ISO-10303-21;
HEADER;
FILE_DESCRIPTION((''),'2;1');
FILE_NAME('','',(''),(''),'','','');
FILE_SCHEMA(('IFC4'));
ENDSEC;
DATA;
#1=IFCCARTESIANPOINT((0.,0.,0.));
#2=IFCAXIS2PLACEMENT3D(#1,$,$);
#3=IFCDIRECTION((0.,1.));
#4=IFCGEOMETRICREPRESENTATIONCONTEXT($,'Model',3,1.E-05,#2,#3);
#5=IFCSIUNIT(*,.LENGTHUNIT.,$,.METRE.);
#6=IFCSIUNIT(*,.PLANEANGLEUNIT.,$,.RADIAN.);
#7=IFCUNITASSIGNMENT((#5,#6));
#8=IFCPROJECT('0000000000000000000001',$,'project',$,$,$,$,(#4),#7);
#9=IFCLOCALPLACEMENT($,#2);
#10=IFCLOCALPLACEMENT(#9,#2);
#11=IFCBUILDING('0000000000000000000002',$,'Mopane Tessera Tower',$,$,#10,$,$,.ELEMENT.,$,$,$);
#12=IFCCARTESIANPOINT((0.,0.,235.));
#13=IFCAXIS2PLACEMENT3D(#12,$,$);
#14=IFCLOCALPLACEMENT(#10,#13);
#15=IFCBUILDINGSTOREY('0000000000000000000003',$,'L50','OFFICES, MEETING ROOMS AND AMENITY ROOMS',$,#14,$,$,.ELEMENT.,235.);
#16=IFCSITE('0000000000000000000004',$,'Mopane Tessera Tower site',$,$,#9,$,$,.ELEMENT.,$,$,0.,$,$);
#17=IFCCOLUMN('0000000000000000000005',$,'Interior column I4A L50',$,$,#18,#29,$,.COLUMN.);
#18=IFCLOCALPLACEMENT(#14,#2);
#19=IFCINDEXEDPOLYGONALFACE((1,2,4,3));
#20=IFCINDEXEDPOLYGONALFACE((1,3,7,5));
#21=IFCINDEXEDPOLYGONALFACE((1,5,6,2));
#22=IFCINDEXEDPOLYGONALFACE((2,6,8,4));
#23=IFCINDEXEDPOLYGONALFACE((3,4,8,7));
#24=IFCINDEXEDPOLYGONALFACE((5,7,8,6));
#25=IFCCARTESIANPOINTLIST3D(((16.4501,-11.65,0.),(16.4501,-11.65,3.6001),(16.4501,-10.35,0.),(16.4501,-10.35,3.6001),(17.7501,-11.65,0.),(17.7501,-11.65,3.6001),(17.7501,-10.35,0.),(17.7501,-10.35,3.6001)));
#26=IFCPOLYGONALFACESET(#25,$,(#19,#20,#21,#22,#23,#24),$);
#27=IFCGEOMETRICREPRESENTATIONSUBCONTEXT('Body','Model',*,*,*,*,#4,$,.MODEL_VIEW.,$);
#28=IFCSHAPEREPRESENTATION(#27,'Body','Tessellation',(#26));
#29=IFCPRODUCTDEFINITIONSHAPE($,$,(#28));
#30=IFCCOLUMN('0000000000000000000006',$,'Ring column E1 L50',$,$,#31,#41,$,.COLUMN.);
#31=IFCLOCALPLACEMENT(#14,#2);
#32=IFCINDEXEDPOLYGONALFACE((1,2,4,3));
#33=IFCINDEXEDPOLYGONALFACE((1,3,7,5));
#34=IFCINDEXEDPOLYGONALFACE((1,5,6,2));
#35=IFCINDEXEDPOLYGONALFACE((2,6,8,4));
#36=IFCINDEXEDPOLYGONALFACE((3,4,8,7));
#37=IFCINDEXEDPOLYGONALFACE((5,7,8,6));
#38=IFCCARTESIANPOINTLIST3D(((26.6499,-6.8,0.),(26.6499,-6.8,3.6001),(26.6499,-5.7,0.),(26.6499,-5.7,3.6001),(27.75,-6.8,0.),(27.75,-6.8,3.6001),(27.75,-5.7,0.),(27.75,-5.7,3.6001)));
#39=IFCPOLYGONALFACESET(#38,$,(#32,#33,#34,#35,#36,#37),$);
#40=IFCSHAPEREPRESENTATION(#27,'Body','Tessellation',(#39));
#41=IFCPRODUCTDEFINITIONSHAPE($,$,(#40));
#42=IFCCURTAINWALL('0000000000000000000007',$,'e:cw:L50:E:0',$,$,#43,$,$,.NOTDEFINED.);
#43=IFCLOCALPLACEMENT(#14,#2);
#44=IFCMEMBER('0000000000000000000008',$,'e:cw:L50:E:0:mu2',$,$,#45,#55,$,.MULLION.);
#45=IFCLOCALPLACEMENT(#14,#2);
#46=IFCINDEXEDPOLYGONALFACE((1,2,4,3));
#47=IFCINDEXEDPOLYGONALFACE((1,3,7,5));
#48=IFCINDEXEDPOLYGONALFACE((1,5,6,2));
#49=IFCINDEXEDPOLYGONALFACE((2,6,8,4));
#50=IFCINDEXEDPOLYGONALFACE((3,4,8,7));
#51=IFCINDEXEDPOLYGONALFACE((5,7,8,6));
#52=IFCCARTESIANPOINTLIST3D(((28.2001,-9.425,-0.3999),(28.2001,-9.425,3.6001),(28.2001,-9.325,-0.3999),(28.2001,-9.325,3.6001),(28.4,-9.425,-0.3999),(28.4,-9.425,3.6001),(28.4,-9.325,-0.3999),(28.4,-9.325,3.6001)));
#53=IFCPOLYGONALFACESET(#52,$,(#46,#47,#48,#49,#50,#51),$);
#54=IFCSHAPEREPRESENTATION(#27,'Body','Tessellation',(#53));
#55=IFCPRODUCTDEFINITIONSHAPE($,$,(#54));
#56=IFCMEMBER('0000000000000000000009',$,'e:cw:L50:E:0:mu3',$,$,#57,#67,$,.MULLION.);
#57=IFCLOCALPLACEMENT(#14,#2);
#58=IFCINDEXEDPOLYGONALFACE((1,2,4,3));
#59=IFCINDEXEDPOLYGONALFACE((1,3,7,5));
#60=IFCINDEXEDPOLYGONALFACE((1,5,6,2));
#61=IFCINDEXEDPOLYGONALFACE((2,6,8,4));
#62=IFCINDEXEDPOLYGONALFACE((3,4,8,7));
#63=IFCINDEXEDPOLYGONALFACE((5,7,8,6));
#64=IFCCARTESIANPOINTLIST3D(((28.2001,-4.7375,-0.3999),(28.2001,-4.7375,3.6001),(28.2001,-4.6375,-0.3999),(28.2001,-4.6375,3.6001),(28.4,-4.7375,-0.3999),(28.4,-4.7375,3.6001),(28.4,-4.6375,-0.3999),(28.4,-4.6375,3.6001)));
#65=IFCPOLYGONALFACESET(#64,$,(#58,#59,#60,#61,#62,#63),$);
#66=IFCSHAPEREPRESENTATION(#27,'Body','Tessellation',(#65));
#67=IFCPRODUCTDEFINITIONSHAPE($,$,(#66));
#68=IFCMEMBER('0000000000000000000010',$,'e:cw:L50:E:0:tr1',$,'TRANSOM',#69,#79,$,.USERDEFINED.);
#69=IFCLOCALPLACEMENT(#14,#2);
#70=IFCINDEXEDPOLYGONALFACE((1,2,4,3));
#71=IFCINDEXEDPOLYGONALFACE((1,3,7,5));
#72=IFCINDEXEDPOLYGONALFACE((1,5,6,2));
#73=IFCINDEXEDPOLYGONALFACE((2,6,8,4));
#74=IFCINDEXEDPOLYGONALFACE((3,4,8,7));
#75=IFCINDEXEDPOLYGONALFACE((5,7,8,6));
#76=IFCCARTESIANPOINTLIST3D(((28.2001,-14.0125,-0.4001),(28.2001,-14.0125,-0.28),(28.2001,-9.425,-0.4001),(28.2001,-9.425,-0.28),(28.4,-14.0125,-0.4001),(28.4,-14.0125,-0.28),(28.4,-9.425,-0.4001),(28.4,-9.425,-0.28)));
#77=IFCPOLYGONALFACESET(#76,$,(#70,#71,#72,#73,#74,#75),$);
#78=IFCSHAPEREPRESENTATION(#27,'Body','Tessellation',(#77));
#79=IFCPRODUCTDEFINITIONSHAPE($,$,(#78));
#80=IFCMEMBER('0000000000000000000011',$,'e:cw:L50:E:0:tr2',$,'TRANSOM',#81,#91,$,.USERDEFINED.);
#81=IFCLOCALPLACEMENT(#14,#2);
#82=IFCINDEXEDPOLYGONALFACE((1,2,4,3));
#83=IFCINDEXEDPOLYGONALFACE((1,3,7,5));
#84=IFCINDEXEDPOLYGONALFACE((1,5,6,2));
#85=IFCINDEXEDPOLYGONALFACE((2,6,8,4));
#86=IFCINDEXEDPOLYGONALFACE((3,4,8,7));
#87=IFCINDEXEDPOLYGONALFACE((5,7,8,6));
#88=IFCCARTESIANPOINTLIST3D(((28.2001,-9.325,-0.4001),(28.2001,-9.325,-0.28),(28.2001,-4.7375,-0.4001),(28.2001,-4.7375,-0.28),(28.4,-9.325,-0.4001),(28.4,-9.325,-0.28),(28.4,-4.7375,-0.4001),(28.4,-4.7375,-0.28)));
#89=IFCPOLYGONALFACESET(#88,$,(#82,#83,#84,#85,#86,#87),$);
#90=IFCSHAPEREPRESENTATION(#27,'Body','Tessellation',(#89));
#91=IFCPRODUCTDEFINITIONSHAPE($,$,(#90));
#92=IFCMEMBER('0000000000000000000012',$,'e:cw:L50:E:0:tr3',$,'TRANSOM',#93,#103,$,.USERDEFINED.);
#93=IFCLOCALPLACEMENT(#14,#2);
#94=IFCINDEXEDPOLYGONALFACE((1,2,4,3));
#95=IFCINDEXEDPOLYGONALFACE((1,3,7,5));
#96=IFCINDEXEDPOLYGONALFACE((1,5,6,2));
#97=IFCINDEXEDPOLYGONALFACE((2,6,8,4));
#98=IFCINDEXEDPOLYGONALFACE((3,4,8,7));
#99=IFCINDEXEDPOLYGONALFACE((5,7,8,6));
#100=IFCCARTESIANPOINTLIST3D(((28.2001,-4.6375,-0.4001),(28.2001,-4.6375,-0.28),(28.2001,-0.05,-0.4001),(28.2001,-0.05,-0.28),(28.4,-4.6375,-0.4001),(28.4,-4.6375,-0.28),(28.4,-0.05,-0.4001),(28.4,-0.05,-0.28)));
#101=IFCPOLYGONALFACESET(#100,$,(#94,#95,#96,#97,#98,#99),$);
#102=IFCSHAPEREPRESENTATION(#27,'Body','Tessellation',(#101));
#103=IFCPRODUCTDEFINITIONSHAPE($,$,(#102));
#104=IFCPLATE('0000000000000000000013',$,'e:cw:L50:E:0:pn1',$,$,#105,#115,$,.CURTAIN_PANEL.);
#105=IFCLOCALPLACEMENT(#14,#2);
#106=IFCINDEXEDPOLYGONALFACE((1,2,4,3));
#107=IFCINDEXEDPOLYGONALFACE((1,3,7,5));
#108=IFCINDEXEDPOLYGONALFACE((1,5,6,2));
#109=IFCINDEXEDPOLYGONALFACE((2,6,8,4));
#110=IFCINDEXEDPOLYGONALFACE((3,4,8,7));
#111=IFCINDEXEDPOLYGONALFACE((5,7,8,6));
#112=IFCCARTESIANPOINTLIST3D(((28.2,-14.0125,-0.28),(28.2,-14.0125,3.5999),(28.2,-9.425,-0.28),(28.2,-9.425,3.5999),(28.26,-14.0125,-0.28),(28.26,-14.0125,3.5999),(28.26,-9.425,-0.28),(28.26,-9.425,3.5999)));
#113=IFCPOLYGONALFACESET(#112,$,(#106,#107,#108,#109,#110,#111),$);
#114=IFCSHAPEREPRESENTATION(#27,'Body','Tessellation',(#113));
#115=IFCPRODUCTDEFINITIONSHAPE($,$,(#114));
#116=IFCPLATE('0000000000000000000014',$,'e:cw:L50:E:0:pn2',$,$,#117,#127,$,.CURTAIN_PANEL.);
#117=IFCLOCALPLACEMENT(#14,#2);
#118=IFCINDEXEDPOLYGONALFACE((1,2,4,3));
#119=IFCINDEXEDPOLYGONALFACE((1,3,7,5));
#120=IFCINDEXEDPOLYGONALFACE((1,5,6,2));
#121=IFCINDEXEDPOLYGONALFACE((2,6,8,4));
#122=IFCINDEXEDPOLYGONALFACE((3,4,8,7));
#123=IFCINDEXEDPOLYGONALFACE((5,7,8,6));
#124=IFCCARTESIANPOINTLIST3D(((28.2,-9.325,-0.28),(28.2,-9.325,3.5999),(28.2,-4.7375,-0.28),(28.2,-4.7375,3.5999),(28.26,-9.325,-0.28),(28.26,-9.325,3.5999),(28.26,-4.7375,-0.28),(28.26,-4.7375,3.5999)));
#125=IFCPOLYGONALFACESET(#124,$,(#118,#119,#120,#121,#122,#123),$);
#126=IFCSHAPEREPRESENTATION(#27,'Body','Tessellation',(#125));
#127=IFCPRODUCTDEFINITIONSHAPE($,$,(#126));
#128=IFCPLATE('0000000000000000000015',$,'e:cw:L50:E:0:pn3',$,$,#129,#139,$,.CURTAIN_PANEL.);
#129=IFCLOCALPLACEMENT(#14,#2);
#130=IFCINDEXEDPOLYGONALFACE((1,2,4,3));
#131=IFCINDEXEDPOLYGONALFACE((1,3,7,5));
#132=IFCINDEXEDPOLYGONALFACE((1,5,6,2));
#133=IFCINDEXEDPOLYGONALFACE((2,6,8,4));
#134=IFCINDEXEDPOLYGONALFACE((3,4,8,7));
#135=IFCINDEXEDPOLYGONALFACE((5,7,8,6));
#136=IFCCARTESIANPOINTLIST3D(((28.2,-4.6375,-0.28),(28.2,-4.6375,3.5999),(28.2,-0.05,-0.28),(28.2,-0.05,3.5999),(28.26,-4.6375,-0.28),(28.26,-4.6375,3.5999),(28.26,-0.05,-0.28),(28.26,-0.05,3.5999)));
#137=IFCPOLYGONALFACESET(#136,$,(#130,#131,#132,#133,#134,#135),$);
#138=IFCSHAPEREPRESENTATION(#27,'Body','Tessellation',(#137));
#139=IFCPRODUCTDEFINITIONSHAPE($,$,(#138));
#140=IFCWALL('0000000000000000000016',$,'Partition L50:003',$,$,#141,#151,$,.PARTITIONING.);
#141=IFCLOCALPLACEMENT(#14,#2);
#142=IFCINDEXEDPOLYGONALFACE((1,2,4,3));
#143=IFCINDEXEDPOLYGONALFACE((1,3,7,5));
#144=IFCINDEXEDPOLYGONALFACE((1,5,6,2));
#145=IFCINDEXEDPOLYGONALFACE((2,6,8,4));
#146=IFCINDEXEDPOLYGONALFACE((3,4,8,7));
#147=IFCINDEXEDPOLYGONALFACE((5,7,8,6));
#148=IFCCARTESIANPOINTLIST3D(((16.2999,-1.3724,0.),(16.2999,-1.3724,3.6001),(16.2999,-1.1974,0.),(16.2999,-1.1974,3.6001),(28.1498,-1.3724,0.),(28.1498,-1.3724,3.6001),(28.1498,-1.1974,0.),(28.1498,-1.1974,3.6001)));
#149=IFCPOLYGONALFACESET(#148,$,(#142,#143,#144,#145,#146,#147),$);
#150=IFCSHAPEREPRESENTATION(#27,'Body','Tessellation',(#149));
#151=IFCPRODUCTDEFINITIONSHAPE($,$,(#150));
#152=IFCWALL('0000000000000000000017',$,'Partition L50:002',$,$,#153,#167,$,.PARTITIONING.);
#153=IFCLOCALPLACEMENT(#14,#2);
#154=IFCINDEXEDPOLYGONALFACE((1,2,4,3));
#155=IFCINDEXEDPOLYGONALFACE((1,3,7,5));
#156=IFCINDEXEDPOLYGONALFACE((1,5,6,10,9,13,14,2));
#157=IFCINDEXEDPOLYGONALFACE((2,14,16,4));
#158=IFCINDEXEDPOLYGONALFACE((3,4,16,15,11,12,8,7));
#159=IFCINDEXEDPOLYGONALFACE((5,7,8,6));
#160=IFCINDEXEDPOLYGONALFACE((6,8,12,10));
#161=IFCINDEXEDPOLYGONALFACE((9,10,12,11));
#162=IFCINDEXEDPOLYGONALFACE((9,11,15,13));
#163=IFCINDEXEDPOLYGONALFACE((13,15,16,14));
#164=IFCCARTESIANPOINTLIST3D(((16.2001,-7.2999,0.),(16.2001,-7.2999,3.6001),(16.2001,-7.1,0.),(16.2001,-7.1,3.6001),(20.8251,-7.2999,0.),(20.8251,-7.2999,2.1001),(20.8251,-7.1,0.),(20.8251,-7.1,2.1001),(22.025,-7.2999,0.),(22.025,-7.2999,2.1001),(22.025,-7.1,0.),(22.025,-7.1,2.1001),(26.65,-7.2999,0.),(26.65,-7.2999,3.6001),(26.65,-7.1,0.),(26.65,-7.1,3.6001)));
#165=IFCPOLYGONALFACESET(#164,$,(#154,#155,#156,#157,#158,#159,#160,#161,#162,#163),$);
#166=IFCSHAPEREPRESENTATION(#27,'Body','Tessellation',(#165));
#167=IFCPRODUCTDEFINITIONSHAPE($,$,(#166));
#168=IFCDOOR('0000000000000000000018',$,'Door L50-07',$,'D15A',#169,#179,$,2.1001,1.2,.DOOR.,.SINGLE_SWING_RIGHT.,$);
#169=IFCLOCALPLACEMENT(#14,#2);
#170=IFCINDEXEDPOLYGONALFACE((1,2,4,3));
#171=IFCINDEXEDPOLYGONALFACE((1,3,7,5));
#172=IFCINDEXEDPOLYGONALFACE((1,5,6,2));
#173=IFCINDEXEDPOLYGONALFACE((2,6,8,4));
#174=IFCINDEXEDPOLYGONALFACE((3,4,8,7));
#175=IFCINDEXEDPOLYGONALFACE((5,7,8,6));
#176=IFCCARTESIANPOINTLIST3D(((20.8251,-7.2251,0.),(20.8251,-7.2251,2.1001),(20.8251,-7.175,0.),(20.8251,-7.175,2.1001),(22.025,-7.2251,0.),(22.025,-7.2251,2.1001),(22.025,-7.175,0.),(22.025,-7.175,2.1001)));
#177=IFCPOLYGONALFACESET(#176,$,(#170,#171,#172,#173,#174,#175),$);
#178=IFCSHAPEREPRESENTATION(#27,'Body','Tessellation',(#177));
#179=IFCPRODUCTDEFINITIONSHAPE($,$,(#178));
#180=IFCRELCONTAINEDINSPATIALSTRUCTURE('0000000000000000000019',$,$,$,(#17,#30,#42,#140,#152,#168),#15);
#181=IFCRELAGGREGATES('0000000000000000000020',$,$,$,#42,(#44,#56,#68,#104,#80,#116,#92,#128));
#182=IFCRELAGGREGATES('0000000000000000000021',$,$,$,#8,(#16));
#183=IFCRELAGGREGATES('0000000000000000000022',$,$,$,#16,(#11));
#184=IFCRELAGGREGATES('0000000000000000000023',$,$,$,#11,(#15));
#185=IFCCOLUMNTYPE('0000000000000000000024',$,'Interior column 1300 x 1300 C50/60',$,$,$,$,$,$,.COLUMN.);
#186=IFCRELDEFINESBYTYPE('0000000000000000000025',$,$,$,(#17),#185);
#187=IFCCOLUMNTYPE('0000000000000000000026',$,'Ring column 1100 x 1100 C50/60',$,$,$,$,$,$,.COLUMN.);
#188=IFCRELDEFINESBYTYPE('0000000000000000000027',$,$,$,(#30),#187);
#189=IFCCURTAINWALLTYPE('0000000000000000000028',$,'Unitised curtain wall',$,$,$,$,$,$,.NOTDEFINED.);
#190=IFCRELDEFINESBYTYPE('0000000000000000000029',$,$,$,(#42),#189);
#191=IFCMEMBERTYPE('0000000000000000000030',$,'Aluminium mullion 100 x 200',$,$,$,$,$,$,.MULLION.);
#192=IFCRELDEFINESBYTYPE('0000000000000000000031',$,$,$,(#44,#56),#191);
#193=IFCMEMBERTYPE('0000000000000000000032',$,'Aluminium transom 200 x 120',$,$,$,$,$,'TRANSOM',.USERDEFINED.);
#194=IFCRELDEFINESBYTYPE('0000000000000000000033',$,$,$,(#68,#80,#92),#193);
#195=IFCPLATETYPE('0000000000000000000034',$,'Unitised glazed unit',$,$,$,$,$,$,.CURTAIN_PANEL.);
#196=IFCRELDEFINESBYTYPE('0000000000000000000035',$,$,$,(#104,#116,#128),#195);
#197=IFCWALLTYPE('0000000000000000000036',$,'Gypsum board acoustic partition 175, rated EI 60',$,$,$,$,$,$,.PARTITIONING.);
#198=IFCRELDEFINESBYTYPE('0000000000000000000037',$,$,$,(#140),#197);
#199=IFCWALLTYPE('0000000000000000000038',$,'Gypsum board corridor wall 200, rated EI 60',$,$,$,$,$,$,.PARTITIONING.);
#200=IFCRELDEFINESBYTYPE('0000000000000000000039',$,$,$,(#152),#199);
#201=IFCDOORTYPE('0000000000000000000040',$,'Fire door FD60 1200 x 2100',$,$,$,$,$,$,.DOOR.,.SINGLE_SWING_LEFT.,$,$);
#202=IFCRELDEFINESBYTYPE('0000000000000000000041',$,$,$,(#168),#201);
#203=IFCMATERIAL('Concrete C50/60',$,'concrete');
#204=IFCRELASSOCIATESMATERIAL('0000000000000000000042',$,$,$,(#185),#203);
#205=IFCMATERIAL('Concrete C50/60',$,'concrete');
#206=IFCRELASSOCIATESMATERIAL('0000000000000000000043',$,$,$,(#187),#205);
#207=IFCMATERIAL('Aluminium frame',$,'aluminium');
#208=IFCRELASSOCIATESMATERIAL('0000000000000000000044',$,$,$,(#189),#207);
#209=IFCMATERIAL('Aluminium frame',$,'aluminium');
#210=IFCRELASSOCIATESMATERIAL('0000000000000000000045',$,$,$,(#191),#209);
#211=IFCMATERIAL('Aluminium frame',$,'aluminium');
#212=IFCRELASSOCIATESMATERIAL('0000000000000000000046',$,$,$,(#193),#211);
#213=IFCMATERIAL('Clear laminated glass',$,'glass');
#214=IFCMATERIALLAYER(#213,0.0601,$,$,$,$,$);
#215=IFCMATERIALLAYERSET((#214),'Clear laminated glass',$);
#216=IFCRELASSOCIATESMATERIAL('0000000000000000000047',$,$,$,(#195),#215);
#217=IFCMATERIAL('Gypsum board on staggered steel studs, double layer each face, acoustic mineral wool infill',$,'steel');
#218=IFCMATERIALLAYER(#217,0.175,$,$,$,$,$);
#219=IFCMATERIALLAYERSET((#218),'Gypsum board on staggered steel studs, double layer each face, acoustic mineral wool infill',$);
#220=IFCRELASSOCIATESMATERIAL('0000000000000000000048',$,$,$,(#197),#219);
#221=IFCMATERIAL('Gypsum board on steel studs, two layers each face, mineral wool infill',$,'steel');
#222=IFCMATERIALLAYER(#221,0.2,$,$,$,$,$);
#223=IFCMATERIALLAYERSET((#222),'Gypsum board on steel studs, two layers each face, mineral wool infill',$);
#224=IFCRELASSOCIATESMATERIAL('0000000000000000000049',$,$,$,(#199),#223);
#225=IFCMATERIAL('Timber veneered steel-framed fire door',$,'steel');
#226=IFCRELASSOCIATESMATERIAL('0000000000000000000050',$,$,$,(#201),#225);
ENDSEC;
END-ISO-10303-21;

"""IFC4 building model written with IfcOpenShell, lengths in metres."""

from ifc_helpers import new_model, si_unit, direction, frame, frame_2d, origin, origin_2d, place, context, subcontext, project, spatial, rectangle, extrude, material, layer, layer_set, material_profile, profile_set, type_object, element, fill, aggregate, save


model = new_model("IFC4")

# Units and contexts
model_context = context("Model", 3, precision=1e-05, world=origin(), true_north=direction((0.0, 1.0)))
body_context = subcontext(model_context, "Body", "Model", "MODEL_VIEW")
ifc_project = project(units=[si_unit("LENGTHUNIT", "METRE"), si_unit("PLANEANGLEUNIT", "RADIAN")], contexts=[model_context])

# Site, building, storey
site_placement = place(None, origin())
site = spatial("IfcSite", under=ifc_project, at=site_placement, Name="Mopane Tessera Tower site", CompositionType="ELEMENT", RefElevation=0.0)
building_placement = place(site_placement, origin())
building = spatial("IfcBuilding", under=site, at=building_placement, Name="Mopane Tessera Tower", CompositionType="ELEMENT")
storey_placement = place(building_placement, frame((0.0, 0.0, 235.0)))
storey = spatial("IfcBuildingStorey", under=building, at=storey_placement, Name="L50", Description="OFFICES, MEETING ROOMS AND AMENITY ROOMS", CompositionType="ELEMENT", Elevation=235.0)

# Columns
ifc_material_1 = material(Name="Concrete C50/60", Category="concrete")
ifc_material_profile_1 = material_profile(ifc_material_1, rectangle(XDim=1.3, YDim=1.3, at=origin_2d()))
ifc_profile_set_1 = profile_set([ifc_material_profile_1], Name="Concrete C50/60")
column_type_1 = type_object("IfcColumnType", Name="Interior column 1300 x 1300 C50/60", PredefinedType="COLUMN", material=ifc_profile_set_1)
column_1_placement = place(storey_placement, frame((17.1001, -11.0, 0.0), z_axis=(0.0, 0.0, 1.0), x_axis=(1.0, 0.0, 0.0)))
element("IfcColumn", 1, at=column_1_placement, inside=storey, type_object=column_type_1, Name="Interior column I4A L50", PredefinedType="COLUMN", context=body_context, shape_type="SweptSolid", body=[
    extrude(rectangle(XDim=1.3, YDim=1.3, at=origin_2d()), origin(), (0.0, 0.0, 1.0), 3.6001),
])
ifc_material_2 = material(Name="Concrete C50/60", Category="concrete")
ifc_material_profile_2 = material_profile(ifc_material_2, rectangle(XDim=1.1001, YDim=1.1001, at=origin_2d()))
ifc_profile_set_2 = profile_set([ifc_material_profile_2], Name="Concrete C50/60")
column_type_2 = type_object("IfcColumnType", Name="Ring column 1100 x 1100 C50/60", PredefinedType="COLUMN", material=ifc_profile_set_2)
column_2_placement = place(storey_placement, frame((27.2, -6.25, 0.0), z_axis=(0.0, 0.0, 1.0), x_axis=(1.0, 0.0, 0.0)))
element("IfcColumn", 2, at=column_2_placement, inside=storey, type_object=column_type_2, Name="Ring column E1 L50", PredefinedType="COLUMN", context=body_context, shape_type="SweptSolid", body=[
    extrude(rectangle(XDim=1.1001, YDim=1.1001, at=origin_2d()), origin(), (0.0, 0.0, 1.0), 3.6001),
])

# Curtain wall, members, plates
ifc_material_3 = material(Name="Aluminium frame", Category="aluminium")
curtain_wall_type = type_object("IfcCurtainWallType", Name="Unitised curtain wall", PredefinedType="NOTDEFINED", material=ifc_material_3)
curtain_wall_placement = place(storey_placement, origin())
curtain_wall = element("IfcCurtainWall", 3, at=curtain_wall_placement, inside=storey, type_object=curtain_wall_type, Name="e:cw:L50:E:0", PredefinedType="NOTDEFINED")
ifc_material_4 = material(Name="Aluminium frame", Category="aluminium")
ifc_material_profile_3 = material_profile(ifc_material_4, rectangle(XDim=0.1001, YDim=0.2, at=origin_2d()))
ifc_profile_set_3 = profile_set([ifc_material_profile_3], Name="Aluminium frame")
member_type_1 = type_object("IfcMemberType", Name="Aluminium mullion 100 x 200", PredefinedType="MULLION", material=ifc_profile_set_3)
member_1_placement = place(storey_placement, frame((28.3, -9.375, -0.3999), z_axis=(0.0, 0.0, 1.0), x_axis=(0.0, 1.0, 0.0)))
member_1 = element("IfcMember", 4, at=member_1_placement, type_object=member_type_1, Name="e:cw:L50:E:0:mu2", PredefinedType="MULLION", context=body_context, shape_type="SweptSolid", body=[
    extrude(rectangle(XDim=0.1001, YDim=0.2, at=origin_2d()), origin(), (0.0, 0.0, 1.0), 4.0),
])
member_2_placement = place(storey_placement, frame((28.3, -4.6875, -0.3999), z_axis=(0.0, 0.0, 1.0), x_axis=(0.0, 1.0, 0.0)))
member_2 = element("IfcMember", 5, at=member_2_placement, type_object=member_type_1, Name="e:cw:L50:E:0:mu3", PredefinedType="MULLION", context=body_context, shape_type="SweptSolid", body=[
    extrude(rectangle(XDim=0.1001, YDim=0.2, at=origin_2d()), origin(), (0.0, 0.0, 1.0), 4.0),
])
ifc_material_5 = material(Name="Aluminium frame", Category="aluminium")
ifc_material_profile_4 = material_profile(ifc_material_5, rectangle(XDim=0.2, YDim=0.1201, at=origin_2d()))
ifc_profile_set_4 = profile_set([ifc_material_profile_4], Name="Aluminium frame")
member_type_2 = type_object("IfcMemberType", Name="Aluminium transom 200 x 120", ElementType="TRANSOM", PredefinedType="USERDEFINED", material=ifc_profile_set_4)
member_3_placement = place(storey_placement, frame((28.3, -14.0125, -0.3401), z_axis=(0.0, 1.0, 0.0), x_axis=(-1.0, 0.0, 0.0)))
member_3 = element("IfcMember", 6, at=member_3_placement, type_object=member_type_2, Name="e:cw:L50:E:0:tr1", ObjectType="TRANSOM", PredefinedType="USERDEFINED", context=body_context, shape_type="SweptSolid", body=[
    extrude(rectangle(XDim=0.2, YDim=0.1201, at=origin_2d()), origin(), (0.0, 0.0, 1.0), 4.5874),
])
member_4_placement = place(storey_placement, frame((28.3, -9.325, -0.3401), z_axis=(0.0, 1.0, 0.0), x_axis=(-1.0, 0.0, 0.0)))
member_4 = element("IfcMember", 7, at=member_4_placement, type_object=member_type_2, Name="e:cw:L50:E:0:tr2", ObjectType="TRANSOM", PredefinedType="USERDEFINED", context=body_context, shape_type="SweptSolid", body=[
    extrude(rectangle(XDim=0.2, YDim=0.1201, at=origin_2d()), origin(), (0.0, 0.0, 1.0), 4.5874),
])
member_5_placement = place(storey_placement, frame((28.3, -4.6375, -0.3401), z_axis=(0.0, 1.0, 0.0), x_axis=(-1.0, 0.0, 0.0)))
member_5 = element("IfcMember", 8, at=member_5_placement, type_object=member_type_2, Name="e:cw:L50:E:0:tr3", ObjectType="TRANSOM", PredefinedType="USERDEFINED", context=body_context, shape_type="SweptSolid", body=[
    extrude(rectangle(XDim=0.2, YDim=0.1201, at=origin_2d()), origin(), (0.0, 0.0, 1.0), 4.5874),
])
ifc_material_6 = material(Name="Clear laminated glass", Category="glass")
ifc_layer_1 = layer(ifc_material_6, 0.0601)
ifc_layer_set_1 = layer_set([ifc_layer_1], Name="Clear laminated glass")
plate_type = type_object("IfcPlateType", Name="Unitised glazed unit", PredefinedType="CURTAIN_PANEL", material=ifc_layer_set_1)
plate_1_placement = place(storey_placement, frame((28.23, -11.7188, -0.28), z_axis=(0.0, 0.0, 1.0), x_axis=(0.0, 1.0, 0.0)))
plate_1 = element("IfcPlate", 9, at=plate_1_placement, type_object=plate_type, Name="e:cw:L50:E:0:pn1", PredefinedType="CURTAIN_PANEL", context=body_context, shape_type="SweptSolid", body=[
    extrude(rectangle(XDim=4.5874, YDim=0.0601, at=origin_2d()), origin(), (0.0, 0.0, 1.0), 3.8799),
])
plate_2_placement = place(storey_placement, frame((28.23, -7.0312, -0.28), z_axis=(0.0, 0.0, 1.0), x_axis=(0.0, 1.0, 0.0)))
plate_2 = element("IfcPlate", 10, at=plate_2_placement, type_object=plate_type, Name="e:cw:L50:E:0:pn2", PredefinedType="CURTAIN_PANEL", context=body_context, shape_type="SweptSolid", body=[
    extrude(rectangle(XDim=4.5874, YDim=0.0601, at=origin_2d()), origin(), (0.0, 0.0, 1.0), 3.8799),
])
plate_3_placement = place(storey_placement, frame((28.23, -2.3438, -0.28), z_axis=(0.0, 0.0, 1.0), x_axis=(0.0, 1.0, 0.0)))
plate_3 = element("IfcPlate", 11, at=plate_3_placement, type_object=plate_type, Name="e:cw:L50:E:0:pn3", PredefinedType="CURTAIN_PANEL", context=body_context, shape_type="SweptSolid", body=[
    extrude(rectangle(XDim=4.5874, YDim=0.0601, at=origin_2d()), origin(), (0.0, 0.0, 1.0), 3.8799),
])
aggregate(curtain_wall, [member_1, member_2, member_3, plate_1, member_4, plate_2, member_5, plate_3])

# Wall
ifc_material_7 = material(Name="Gypsum board on staggered steel studs, double layer each face, acoustic mineral wool infill", Category="steel")
ifc_layer_2 = layer(ifc_material_7, 0.175)
ifc_layer_set_2 = layer_set([ifc_layer_2], Name="Gypsum board on staggered steel studs, double layer each face, acoustic mineral wool infill")
wall_type_1 = type_object("IfcWallType", Name="Gypsum board acoustic partition 175, rated EI 60", PredefinedType="PARTITIONING", material=ifc_layer_set_2)
wall_1_placement = place(storey_placement, frame((16.3, -1.2849, 0.0), z_axis=(0.0, 0.0, 1.0), x_axis=(1.0, 0.0, 0.0)))
element("IfcWall", 12, at=wall_1_placement, inside=storey, type_object=wall_type_1, Name="Partition L50:003", PredefinedType="PARTITIONING", context=body_context, shape_type="SweptSolid", body=[
    extrude(rectangle(XDim=11.8499, YDim=0.175, at=frame_2d((5.9248, 0.0))), origin(), (0.0, 0.0, 1.0), 3.6001),
])

# Wall, opening, door
ifc_material_8 = material(Name="Gypsum board on steel studs, two layers each face, mineral wool infill", Category="steel")
ifc_layer_3 = layer(ifc_material_8, 0.2)
ifc_layer_set_3 = layer_set([ifc_layer_3], Name="Gypsum board on steel studs, two layers each face, mineral wool infill")
wall_type_2 = type_object("IfcWallType", Name="Gypsum board corridor wall 200, rated EI 60", PredefinedType="PARTITIONING", material=ifc_layer_set_3)
wall_2_placement = place(storey_placement, frame((16.2, -7.2, 0.0), z_axis=(0.0, 0.0, 1.0), x_axis=(1.0, 0.0, 0.0)))
wall_2 = element("IfcWall", 13, at=wall_2_placement, inside=storey, type_object=wall_type_2, Name="Partition L50:002", PredefinedType="PARTITIONING", context=body_context, shape_type="SweptSolid", body=[
    extrude(rectangle(XDim=10.45, YDim=0.2, at=frame_2d((5.2251, 0.0))), origin(), (0.0, 0.0, 1.0), 3.6001),
])
opening_1_placement = place(wall_2_placement, frame((4.625, 0.0, 0.0)))
opening_1 = element("IfcOpeningElement", 14, at=opening_1_placement, cuts=wall_2, PredefinedType="OPENING", context=body_context, shape_type="SweptSolid", body=[
    extrude(rectangle(XDim=1.2, YDim=2.1001, at=frame_2d((0.6001, 1.05))), frame((0.0, 0.1121, 0.0), z_axis=(0.0, -1.0, 0.0), x_axis=(1.0, 0.0, 0.0)), (0.0, 0.0, 1.0), 0.2239),
])
ifc_material_9 = material(Name="Timber veneered steel-framed fire door", Category="steel")
door_type_1 = type_object("IfcDoorType", Name="Fire door FD60 1200 x 2100", OperationType="SINGLE_SWING_LEFT", PredefinedType="DOOR", material=ifc_material_9)
door_1_placement = place(opening_1_placement, origin())
door_1 = element("IfcDoor", 15, at=door_1_placement, inside=storey, type_object=door_type_1, Name="Door L50-07", ObjectType="D15A", OperationType="SINGLE_SWING_RIGHT", OverallHeight=2.1001, OverallWidth=1.2, PredefinedType="DOOR", context=body_context, shape_type="SweptSolid", body=[
    extrude(rectangle(XDim=1.2, YDim=2.1001, at=frame_2d((0.6001, 1.05))), frame((0.0, 0.0249, 0.0), z_axis=(0.0, -1.0, 0.0), x_axis=(1.0, 0.0, 0.0)), (0.0, 0.0, 1.0), 0.05),
])
fill(opening_1, door_1)

save(model, "model.ifc")
